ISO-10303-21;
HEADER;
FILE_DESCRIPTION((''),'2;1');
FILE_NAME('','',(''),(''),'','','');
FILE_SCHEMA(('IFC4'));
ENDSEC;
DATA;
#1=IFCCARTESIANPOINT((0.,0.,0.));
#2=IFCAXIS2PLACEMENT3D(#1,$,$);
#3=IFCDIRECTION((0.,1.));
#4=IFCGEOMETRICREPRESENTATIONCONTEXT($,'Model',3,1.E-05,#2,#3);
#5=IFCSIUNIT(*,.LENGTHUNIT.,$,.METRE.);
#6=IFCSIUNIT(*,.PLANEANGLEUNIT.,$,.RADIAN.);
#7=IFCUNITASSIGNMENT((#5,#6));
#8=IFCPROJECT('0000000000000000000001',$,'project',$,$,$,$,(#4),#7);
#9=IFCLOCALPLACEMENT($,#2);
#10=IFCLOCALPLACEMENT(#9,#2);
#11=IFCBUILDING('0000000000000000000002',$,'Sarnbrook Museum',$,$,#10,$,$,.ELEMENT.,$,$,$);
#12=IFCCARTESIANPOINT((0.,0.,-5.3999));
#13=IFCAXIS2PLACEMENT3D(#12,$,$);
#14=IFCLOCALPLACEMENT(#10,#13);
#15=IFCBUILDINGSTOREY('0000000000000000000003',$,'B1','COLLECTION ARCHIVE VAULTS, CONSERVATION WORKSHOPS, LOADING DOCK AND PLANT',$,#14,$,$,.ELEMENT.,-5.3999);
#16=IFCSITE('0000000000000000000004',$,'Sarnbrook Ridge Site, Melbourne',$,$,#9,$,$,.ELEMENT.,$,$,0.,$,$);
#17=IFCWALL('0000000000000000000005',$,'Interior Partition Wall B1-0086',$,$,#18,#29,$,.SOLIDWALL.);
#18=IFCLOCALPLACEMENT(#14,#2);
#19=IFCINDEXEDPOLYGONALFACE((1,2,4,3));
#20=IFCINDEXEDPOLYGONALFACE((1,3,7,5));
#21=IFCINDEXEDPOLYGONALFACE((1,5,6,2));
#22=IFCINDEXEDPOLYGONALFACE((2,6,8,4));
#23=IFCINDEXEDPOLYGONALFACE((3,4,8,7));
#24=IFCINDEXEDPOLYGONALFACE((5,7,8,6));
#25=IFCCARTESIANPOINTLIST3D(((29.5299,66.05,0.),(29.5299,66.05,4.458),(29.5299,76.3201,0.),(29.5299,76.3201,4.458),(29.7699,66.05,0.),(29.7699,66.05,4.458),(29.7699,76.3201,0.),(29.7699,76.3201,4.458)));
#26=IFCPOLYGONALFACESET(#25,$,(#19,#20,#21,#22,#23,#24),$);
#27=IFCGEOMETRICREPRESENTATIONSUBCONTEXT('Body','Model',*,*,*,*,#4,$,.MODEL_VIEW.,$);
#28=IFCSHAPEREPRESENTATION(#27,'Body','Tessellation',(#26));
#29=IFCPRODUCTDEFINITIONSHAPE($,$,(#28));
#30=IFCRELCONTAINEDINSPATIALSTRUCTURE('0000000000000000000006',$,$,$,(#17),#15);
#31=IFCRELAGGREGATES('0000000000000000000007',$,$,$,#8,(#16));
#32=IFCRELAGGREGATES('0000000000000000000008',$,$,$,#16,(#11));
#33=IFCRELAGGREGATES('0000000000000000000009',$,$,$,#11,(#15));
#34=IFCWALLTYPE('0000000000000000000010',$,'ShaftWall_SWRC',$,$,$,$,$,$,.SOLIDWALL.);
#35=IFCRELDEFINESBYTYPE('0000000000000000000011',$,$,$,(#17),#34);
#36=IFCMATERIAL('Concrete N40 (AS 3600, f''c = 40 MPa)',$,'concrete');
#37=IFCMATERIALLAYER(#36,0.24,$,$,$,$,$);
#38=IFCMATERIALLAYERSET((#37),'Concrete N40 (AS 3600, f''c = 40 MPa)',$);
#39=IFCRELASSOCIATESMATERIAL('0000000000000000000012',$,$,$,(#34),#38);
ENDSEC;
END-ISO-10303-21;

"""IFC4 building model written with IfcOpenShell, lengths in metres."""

from ifc_helpers import new_model, si_unit, direction, frame, frame_2d, origin, place, context, subcontext, project, spatial, rectangle, extrude, material, layer, layer_set, type_object, element, save


model = new_model("IFC4")

# Units and contexts
model_context = context("Model", 3, precision=1e-05, world=origin(), true_north=direction((0.0, 1.0)))
body_context = subcontext(model_context, "Body", "Model", "MODEL_VIEW")
ifc_project = project(units=[si_unit("LENGTHUNIT", "METRE"), si_unit("PLANEANGLEUNIT", "RADIAN")], contexts=[model_context])

# Site, building, storey
site_placement = place(None, origin())
site = spatial("IfcSite", under=ifc_project, at=site_placement, Name="Sarnbrook Ridge Site, Melbourne", CompositionType="ELEMENT", RefElevation=0.0)
building_placement = place(site_placement, origin())
building = spatial("IfcBuilding", under=site, at=building_placement, Name="Sarnbrook Museum", CompositionType="ELEMENT")
storey_placement = place(building_placement, frame((0.0, 0.0, -5.3999)))
storey = spatial("IfcBuildingStorey", under=building, at=storey_placement, Name="B1", Description="COLLECTION ARCHIVE VAULTS, CONSERVATION WORKSHOPS, LOADING DOCK AND PLANT", CompositionType="ELEMENT", Elevation=-5.3999)

# Shared definitions
ifc_material_1 = material(Name="Concrete N40 (AS 3600, f'c = 40 MPa)", Category="concrete")

# Wall
ifc_layer_1 = layer(ifc_material_1, 0.24)
ifc_layer_set_1 = layer_set([ifc_layer_1], Name="Concrete N40 (AS 3600, f'c = 40 MPa)")
wall_type_1 = type_object("IfcWallType", Name="ShaftWall_SWRC", PredefinedType="SOLIDWALL", material=ifc_layer_set_1)
wall_1_placement = place(storey_placement, frame((29.6499, 66.05, 0.0), z_axis=(0.0, 0.0, 1.0), x_axis=(0.0, 1.0, 0.0)))
element("IfcWall", 1, at=wall_1_placement, inside=storey, type_object=wall_type_1, Name="Interior Partition Wall B1-0086", PredefinedType="SOLIDWALL", context=body_context, shape_type="SweptSolid", body=[
    extrude(rectangle(XDim=10.27, YDim=0.24, at=frame_2d((5.135, 0.0))), origin(), (0.0, 0.0, 1.0), 4.458),
])

save(model, "model.ifc")
